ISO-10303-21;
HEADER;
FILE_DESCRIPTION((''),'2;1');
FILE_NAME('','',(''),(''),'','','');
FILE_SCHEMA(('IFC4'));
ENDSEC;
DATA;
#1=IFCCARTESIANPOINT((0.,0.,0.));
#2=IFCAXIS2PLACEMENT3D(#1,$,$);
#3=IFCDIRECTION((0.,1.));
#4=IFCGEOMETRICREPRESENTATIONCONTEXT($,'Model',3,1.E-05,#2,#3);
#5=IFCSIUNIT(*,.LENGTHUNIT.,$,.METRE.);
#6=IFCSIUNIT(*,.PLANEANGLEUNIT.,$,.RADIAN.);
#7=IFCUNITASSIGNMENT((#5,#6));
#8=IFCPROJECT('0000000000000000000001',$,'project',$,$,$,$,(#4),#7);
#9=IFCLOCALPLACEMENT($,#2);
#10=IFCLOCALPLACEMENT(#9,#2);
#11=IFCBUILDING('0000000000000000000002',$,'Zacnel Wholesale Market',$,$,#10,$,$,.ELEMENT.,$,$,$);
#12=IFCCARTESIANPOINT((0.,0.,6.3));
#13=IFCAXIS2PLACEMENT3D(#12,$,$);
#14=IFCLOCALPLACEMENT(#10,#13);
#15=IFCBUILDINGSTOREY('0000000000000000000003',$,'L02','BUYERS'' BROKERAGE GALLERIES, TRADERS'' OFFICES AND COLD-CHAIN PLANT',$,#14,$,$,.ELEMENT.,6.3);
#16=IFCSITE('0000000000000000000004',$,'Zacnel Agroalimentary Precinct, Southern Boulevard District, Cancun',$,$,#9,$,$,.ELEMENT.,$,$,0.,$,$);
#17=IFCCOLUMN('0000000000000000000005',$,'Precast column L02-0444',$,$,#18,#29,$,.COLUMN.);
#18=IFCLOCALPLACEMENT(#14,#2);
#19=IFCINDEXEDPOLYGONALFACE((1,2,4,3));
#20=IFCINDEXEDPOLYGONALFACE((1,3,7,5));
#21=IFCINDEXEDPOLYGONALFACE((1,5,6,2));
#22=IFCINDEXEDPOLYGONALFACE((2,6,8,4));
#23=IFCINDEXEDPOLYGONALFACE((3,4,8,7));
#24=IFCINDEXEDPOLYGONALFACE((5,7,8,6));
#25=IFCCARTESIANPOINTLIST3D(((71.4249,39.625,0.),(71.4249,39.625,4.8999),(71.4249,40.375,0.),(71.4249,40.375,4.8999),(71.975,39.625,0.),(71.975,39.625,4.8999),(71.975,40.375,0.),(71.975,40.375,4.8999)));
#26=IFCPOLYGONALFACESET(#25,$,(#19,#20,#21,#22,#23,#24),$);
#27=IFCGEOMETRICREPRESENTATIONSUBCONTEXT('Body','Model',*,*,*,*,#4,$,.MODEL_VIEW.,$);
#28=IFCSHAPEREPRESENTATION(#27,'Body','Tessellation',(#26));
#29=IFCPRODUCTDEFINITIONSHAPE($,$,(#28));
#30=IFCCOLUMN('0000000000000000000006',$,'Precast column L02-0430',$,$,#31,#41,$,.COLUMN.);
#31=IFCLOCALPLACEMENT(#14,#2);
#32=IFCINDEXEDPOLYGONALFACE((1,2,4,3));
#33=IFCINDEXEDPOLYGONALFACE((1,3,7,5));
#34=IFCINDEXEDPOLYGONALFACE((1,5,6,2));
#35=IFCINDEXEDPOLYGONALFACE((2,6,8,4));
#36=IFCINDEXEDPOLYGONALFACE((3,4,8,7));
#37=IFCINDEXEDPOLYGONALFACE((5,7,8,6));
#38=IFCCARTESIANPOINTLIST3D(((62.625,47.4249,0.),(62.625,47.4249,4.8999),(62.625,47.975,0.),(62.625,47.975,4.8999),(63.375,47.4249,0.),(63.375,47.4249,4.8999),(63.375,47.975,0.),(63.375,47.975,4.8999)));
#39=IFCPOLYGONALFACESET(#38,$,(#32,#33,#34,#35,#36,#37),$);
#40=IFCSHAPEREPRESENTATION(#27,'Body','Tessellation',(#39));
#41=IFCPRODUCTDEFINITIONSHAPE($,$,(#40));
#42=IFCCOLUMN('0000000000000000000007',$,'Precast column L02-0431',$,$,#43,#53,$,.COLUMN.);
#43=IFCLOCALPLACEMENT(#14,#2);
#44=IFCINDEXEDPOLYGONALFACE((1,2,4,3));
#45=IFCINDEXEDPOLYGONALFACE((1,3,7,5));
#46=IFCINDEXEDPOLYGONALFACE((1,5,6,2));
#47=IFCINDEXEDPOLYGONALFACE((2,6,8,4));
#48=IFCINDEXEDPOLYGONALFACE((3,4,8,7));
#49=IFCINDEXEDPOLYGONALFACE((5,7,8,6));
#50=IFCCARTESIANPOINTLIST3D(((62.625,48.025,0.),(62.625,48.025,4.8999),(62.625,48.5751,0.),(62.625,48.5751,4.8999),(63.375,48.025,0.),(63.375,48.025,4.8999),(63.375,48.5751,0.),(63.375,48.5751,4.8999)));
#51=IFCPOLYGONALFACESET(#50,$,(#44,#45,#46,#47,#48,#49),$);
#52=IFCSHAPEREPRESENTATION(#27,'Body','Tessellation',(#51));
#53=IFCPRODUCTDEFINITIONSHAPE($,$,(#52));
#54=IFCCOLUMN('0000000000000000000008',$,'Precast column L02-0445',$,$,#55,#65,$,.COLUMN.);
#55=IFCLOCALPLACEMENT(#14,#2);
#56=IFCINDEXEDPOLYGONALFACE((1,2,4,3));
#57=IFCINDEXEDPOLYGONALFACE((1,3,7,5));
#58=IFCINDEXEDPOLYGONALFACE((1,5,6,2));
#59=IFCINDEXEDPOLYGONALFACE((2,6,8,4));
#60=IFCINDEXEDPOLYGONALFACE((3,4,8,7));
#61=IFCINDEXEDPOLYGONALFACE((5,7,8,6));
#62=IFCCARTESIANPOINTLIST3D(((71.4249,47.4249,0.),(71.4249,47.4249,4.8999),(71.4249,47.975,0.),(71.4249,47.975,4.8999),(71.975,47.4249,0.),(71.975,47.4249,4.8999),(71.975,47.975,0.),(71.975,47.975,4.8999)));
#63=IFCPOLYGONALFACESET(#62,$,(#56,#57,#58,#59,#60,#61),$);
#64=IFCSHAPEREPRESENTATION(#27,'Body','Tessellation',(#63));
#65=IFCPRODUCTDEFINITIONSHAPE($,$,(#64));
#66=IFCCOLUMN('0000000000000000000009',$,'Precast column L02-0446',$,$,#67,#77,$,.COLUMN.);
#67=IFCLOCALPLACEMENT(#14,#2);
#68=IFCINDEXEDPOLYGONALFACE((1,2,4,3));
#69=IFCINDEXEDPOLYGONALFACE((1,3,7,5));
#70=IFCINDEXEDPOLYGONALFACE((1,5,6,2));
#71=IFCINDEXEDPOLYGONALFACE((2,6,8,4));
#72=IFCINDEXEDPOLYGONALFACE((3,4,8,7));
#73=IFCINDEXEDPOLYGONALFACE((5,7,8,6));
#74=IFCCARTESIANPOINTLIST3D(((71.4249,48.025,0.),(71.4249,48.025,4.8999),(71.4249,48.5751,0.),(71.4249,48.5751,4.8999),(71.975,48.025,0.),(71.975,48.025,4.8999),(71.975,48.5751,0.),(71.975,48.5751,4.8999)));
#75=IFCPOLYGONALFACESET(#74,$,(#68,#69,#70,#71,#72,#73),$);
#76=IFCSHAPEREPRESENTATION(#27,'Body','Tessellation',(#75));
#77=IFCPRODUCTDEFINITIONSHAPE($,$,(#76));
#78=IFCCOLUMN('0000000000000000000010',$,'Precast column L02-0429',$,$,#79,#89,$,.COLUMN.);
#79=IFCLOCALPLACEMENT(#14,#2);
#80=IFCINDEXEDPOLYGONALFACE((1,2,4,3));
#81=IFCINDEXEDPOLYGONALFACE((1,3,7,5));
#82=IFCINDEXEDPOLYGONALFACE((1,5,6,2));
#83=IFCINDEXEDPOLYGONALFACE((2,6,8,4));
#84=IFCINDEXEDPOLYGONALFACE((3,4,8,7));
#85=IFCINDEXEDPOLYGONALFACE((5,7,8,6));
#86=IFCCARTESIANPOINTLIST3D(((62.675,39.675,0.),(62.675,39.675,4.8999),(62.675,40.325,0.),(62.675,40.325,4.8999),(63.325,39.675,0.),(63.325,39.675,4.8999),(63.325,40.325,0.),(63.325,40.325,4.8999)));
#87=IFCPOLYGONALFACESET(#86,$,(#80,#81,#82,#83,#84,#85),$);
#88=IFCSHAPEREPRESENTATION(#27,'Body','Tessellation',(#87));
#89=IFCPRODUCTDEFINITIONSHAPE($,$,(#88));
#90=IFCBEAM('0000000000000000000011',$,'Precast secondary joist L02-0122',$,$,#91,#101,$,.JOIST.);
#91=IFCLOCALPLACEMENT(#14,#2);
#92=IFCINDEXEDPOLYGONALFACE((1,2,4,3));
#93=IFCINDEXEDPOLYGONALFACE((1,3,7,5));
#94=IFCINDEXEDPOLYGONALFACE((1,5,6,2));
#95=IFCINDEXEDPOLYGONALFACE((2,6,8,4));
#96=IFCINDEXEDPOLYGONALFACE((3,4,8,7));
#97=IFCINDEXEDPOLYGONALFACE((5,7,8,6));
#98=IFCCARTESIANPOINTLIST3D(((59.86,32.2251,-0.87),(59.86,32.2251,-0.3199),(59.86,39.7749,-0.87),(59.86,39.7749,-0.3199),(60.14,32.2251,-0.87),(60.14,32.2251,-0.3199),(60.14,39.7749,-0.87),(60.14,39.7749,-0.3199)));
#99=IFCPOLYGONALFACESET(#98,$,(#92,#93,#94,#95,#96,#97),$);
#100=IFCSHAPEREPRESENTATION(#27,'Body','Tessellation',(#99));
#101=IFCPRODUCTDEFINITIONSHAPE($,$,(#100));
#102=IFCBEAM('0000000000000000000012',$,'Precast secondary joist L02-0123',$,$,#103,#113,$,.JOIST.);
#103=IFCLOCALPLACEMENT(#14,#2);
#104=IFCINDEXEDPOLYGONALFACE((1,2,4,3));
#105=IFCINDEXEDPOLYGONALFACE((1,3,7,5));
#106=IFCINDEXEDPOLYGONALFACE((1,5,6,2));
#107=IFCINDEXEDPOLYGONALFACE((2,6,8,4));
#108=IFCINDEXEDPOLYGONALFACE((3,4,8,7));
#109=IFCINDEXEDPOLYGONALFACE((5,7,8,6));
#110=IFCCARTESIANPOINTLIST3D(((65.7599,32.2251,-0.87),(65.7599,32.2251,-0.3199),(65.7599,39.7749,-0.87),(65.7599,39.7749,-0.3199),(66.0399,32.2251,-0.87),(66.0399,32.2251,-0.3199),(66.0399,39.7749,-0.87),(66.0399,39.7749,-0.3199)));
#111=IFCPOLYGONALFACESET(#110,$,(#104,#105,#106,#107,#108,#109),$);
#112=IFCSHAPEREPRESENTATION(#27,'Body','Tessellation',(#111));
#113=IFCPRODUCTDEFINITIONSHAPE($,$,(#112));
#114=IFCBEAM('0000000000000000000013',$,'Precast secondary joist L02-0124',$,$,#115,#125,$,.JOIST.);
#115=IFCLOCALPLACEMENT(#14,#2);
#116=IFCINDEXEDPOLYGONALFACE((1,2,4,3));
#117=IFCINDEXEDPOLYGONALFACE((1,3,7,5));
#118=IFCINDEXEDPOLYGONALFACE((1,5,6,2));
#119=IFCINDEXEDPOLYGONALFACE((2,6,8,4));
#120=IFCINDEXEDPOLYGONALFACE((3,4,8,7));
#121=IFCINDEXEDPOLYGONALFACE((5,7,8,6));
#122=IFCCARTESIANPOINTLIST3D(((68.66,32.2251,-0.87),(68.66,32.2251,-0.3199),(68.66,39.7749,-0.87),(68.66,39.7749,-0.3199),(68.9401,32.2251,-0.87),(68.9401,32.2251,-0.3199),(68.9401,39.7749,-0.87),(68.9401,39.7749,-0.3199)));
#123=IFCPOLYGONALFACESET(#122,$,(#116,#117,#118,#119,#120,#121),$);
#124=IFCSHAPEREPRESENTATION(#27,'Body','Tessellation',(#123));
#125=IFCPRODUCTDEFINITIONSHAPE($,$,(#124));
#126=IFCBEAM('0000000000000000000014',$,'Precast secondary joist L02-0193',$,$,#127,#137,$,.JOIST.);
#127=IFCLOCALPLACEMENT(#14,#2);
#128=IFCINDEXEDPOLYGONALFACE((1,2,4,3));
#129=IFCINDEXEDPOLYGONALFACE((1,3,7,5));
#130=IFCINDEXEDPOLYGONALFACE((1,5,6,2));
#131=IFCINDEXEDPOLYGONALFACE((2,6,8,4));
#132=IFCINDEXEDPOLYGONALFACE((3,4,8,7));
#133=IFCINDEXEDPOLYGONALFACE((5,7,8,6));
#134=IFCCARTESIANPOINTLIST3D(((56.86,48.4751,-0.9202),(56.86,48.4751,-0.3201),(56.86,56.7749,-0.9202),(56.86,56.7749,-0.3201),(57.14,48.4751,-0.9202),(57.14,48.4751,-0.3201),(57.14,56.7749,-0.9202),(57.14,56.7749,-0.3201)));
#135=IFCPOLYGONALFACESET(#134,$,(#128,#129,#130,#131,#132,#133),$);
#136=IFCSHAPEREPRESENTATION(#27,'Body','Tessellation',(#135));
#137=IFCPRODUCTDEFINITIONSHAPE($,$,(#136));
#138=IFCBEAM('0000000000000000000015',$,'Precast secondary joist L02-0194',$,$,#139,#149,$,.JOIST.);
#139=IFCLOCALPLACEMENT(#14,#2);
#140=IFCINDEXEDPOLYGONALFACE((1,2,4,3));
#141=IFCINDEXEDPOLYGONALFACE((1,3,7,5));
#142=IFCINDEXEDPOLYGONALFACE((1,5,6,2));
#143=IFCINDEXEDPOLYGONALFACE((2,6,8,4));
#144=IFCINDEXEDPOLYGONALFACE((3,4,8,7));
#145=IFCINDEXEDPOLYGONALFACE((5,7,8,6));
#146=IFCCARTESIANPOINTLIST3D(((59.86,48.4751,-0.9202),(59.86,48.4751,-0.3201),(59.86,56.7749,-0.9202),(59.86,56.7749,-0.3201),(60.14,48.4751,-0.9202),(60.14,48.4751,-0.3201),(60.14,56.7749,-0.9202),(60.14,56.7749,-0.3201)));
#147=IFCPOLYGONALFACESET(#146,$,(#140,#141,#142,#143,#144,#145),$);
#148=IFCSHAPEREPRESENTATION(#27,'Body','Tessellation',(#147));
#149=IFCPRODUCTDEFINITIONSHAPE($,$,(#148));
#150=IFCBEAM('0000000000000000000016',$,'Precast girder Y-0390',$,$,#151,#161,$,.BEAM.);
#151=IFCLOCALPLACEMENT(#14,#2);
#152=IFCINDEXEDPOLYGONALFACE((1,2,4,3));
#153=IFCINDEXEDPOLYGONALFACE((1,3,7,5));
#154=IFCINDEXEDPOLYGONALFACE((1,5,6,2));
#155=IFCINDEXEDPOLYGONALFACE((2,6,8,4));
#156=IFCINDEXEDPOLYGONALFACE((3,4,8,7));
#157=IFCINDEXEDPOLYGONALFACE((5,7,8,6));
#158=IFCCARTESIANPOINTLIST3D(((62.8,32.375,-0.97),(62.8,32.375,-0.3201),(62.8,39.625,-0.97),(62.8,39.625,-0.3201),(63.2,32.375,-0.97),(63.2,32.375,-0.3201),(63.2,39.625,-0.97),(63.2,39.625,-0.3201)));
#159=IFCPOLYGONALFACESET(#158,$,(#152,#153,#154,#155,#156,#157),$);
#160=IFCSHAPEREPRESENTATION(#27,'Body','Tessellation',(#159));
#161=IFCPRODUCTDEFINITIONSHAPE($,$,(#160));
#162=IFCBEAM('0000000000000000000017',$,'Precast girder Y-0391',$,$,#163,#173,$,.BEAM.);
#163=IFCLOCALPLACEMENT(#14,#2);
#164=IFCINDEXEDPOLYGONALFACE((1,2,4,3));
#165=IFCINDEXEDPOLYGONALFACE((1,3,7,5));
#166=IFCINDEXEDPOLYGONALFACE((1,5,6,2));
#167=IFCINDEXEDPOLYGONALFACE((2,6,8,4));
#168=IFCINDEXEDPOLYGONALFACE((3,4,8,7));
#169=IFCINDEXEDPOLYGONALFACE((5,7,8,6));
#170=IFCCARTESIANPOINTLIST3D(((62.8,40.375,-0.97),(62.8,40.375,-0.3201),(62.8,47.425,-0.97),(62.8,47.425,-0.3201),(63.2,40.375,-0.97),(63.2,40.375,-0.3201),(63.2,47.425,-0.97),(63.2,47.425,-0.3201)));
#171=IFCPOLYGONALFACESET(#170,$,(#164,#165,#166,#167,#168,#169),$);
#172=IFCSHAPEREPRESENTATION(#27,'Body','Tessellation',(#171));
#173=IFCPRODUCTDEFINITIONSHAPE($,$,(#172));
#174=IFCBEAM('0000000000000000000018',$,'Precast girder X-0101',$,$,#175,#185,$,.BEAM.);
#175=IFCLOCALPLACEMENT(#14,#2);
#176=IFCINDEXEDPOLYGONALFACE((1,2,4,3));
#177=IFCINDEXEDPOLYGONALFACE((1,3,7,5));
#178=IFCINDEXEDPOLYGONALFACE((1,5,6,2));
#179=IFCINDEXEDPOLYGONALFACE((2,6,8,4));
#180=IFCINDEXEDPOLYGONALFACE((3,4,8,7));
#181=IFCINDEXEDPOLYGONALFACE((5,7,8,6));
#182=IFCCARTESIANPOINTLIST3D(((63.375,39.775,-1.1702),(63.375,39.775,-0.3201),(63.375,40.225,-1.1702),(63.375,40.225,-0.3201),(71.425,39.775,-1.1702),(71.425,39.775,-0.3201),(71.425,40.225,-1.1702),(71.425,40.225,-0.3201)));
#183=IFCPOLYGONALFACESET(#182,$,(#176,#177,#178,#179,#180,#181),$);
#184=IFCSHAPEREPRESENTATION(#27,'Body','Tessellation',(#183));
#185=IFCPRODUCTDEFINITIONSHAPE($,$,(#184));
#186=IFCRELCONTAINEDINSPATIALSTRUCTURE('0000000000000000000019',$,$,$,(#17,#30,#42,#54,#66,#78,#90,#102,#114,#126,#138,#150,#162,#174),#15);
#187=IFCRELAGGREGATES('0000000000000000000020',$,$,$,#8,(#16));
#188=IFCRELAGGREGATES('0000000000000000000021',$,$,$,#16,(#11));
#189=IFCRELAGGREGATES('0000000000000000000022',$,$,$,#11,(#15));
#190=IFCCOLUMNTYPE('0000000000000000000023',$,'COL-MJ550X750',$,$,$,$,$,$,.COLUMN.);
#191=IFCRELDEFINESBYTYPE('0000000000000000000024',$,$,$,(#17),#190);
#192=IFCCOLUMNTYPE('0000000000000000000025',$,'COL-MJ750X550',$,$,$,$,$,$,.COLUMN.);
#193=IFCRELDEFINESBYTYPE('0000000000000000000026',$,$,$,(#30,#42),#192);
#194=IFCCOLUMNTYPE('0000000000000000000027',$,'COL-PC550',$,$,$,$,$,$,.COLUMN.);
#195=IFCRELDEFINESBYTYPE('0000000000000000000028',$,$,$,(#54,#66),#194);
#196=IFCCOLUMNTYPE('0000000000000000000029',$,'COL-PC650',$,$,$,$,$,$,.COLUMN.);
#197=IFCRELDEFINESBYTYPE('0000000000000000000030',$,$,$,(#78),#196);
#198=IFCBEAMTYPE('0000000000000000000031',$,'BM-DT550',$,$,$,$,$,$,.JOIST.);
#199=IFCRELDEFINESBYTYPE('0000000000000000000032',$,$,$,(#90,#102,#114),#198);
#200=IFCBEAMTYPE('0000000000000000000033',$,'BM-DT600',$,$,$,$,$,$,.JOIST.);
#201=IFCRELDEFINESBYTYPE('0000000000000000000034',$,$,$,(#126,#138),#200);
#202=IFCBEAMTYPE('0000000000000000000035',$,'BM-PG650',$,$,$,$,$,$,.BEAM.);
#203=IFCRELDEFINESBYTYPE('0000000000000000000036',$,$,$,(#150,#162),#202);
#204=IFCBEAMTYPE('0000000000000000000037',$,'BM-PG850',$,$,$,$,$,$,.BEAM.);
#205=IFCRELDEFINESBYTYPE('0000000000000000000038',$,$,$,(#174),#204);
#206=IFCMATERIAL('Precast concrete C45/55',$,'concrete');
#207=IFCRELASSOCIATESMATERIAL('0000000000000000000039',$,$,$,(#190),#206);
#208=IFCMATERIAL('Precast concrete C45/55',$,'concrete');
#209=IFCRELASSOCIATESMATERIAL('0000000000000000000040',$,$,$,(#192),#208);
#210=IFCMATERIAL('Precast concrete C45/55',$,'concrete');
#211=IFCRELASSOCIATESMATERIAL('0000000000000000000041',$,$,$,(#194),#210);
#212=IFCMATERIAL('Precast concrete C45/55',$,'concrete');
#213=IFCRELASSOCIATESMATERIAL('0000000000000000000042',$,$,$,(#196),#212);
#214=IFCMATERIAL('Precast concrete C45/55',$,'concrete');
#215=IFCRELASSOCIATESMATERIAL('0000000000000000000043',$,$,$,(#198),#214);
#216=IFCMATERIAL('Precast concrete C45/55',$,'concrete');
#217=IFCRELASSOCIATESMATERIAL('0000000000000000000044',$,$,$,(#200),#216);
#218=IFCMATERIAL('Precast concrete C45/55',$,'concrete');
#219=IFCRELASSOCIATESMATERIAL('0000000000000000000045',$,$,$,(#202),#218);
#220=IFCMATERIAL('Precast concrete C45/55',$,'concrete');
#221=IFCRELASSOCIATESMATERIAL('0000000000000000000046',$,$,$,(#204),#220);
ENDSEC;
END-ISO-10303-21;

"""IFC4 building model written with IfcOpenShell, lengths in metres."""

from ifc_helpers import new_model, si_unit, direction, frame, origin, origin_2d, place, context, subcontext, project, spatial, rectangle, extrude, material, material_profile, profile_set, type_object, element, save


model = new_model("IFC4")

# Units and contexts
model_context = context("Model", 3, precision=1e-05, world=origin(), true_north=direction((0.0, 1.0)))
body_context = subcontext(model_context, "Body", "Model", "MODEL_VIEW")
ifc_project = project(units=[si_unit("LENGTHUNIT", "METRE"), si_unit("PLANEANGLEUNIT", "RADIAN")], contexts=[model_context])

# Site, building, storey
site_placement = place(None, origin())
site = spatial("IfcSite", under=ifc_project, at=site_placement, Name="Zacnel Agroalimentary Precinct, Southern Boulevard District, Cancun", CompositionType="ELEMENT", RefElevation=0.0)
building_placement = place(site_placement, origin())
building = spatial("IfcBuilding", under=site, at=building_placement, Name="Zacnel Wholesale Market", CompositionType="ELEMENT")
storey_placement = place(building_placement, frame((0.0, 0.0, 6.3)))
storey = spatial("IfcBuildingStorey", under=building, at=storey_placement, Name="L02", Description="BUYERS' BROKERAGE GALLERIES, TRADERS' OFFICES AND COLD-CHAIN PLANT", CompositionType="ELEMENT", Elevation=6.3)

# Columns
ifc_material_1 = material(Name="Precast concrete C45/55", Category="concrete")
ifc_material_profile_1 = material_profile(ifc_material_1, rectangle(XDim=0.55, YDim=0.75, at=origin_2d()), Name="PC 550x750")
ifc_profile_set_1 = profile_set([ifc_material_profile_1], Name="Precast concrete C45/55")
column_type_1 = type_object("IfcColumnType", Name="COL-MJ550X750", PredefinedType="COLUMN", material=ifc_profile_set_1)
column_1_placement = place(storey_placement, frame((71.7, 40.0, 0.0), z_axis=(0.0, 0.0, 1.0), x_axis=(1.0, 0.0, 0.0)))
element("IfcColumn", 1, at=column_1_placement, inside=storey, type_object=column_type_1, Name="Precast column L02-0444", PredefinedType="COLUMN", context=body_context, shape_type="SweptSolid", body=[
    extrude(rectangle(XDim=0.55, YDim=0.75, at=origin_2d()), origin(), (0.0, 0.0, 1.0), 4.8999),
])
ifc_material_2 = material(Name="Precast concrete C45/55", Category="concrete")
ifc_material_profile_2 = material_profile(ifc_material_2, rectangle(XDim=0.75, YDim=0.55, at=origin_2d()), Name="PC 750x550")
ifc_profile_set_2 = profile_set([ifc_material_profile_2], Name="Precast concrete C45/55")
column_type_2 = type_object("IfcColumnType", Name="COL-MJ750X550", PredefinedType="COLUMN", material=ifc_profile_set_2)
for number, where, z_axis, x_axis, name in (
    (2, (63.0, 47.7, 0.0), (0.0, 0.0, 1.0), (1.0, 0.0, 0.0), "Precast column L02-0430"),
    (3, (63.0, 48.3, 0.0), (0.0, 0.0, 1.0), (1.0, 0.0, 0.0), "Precast column L02-0431"),
):
    element("IfcColumn", number, at=place(storey_placement, frame(where, z_axis=z_axis, x_axis=x_axis)), inside=storey, type_object=column_type_2, Name=name, PredefinedType="COLUMN", context=body_context, shape_type="SweptSolid", body=[
        extrude(rectangle(XDim=0.75, YDim=0.55, at=origin_2d()), origin(), (0.0, 0.0, 1.0), 4.8999),
    ])
ifc_material_3 = material(Name="Precast concrete C45/55", Category="concrete")
ifc_material_profile_3 = material_profile(ifc_material_3, rectangle(XDim=0.55, YDim=0.55, at=origin_2d()), Name="PC 550x550")
ifc_profile_set_3 = profile_set([ifc_material_profile_3], Name="Precast concrete C45/55")
column_type_3 = type_object("IfcColumnType", Name="COL-PC550", PredefinedType="COLUMN", material=ifc_profile_set_3)
for number, where, z_axis, x_axis, name in (
    (4, (71.7, 47.7, 0.0), (0.0, 0.0, 1.0), (1.0, 0.0, 0.0), "Precast column L02-0445"),
    (5, (71.7, 48.3, 0.0), (0.0, 0.0, 1.0), (1.0, 0.0, 0.0), "Precast column L02-0446"),
):
    element("IfcColumn", number, at=place(storey_placement, frame(where, z_axis=z_axis, x_axis=x_axis)), inside=storey, type_object=column_type_3, Name=name, PredefinedType="COLUMN", context=body_context, shape_type="SweptSolid", body=[
        extrude(rectangle(XDim=0.55, YDim=0.55, at=origin_2d()), origin(), (0.0, 0.0, 1.0), 4.8999),
    ])
ifc_material_4 = material(Name="Precast concrete C45/55", Category="concrete")
ifc_material_profile_4 = material_profile(ifc_material_4, rectangle(XDim=0.6499, YDim=0.6499, at=origin_2d()), Name="PC 650x650")
ifc_profile_set_4 = profile_set([ifc_material_profile_4], Name="Precast concrete C45/55")
column_type_4 = type_object("IfcColumnType", Name="COL-PC650", PredefinedType="COLUMN", material=ifc_profile_set_4)
column_2_placement = place(storey_placement, frame((63.0, 40.0, 0.0), z_axis=(0.0, 0.0, 1.0), x_axis=(1.0, 0.0, 0.0)))
element("IfcColumn", 6, at=column_2_placement, inside=storey, type_object=column_type_4, Name="Precast column L02-0429", PredefinedType="COLUMN", context=body_context, shape_type="SweptSolid", body=[
    extrude(rectangle(XDim=0.6499, YDim=0.6499, at=origin_2d()), origin(), (0.0, 0.0, 1.0), 4.8999),
])

# Beams
ifc_material_5 = material(Name="Precast concrete C45/55", Category="concrete")
ifc_material_profile_5 = material_profile(ifc_material_5, rectangle(XDim=0.28, YDim=0.55, at=origin_2d()), Name="DT RIB 280x550")
ifc_profile_set_5 = profile_set([ifc_material_profile_5], Name="Precast concrete C45/55")
beam_type_1 = type_object("IfcBeamType", Name="BM-DT550", PredefinedType="JOIST", material=ifc_profile_set_5)
for number, where, z_axis, x_axis, name in (
    (7, (60.0, 32.2251, -0.595), (0.0, 1.0, 0.0), (-1.0, 0.0, 0.0), "Precast secondary joist L02-0122"),
    (8, (65.8999, 32.2251, -0.595), (0.0, 1.0, 0.0), (-1.0, 0.0, 0.0), "Precast secondary joist L02-0123"),
    (9, (68.8, 32.2251, -0.595), (0.0, 1.0, 0.0), (-1.0, 0.0, 0.0), "Precast secondary joist L02-0124"),
):
    element("IfcBeam", number, at=place(storey_placement, frame(where, z_axis=z_axis, x_axis=x_axis)), inside=storey, type_object=beam_type_1, Name=name, PredefinedType="JOIST", context=body_context, shape_type="SweptSolid", body=[
        extrude(rectangle(XDim=0.28, YDim=0.55, at=origin_2d()), origin(), (0.0, 0.0, 1.0), 7.5498),
    ])
ifc_material_6 = material(Name="Precast concrete C45/55", Category="concrete")
ifc_material_profile_6 = material_profile(ifc_material_6, rectangle(XDim=0.28, YDim=0.6001, at=origin_2d()), Name="DT RIB 280x600")
ifc_profile_set_6 = profile_set([ifc_material_profile_6], Name="Precast concrete C45/55")
beam_type_2 = type_object("IfcBeamType", Name="BM-DT600", PredefinedType="JOIST", material=ifc_profile_set_6)
for number, where, z_axis, x_axis, name in (
    (10, (57.0, 48.4751, -0.6201), (0.0, 1.0, 0.0), (-1.0, 0.0, 0.0), "Precast secondary joist L02-0193"),
    (11, (60.0, 48.4751, -0.6201), (0.0, 1.0, 0.0), (-1.0, 0.0, 0.0), "Precast secondary joist L02-0194"),
):
    element("IfcBeam", number, at=place(storey_placement, frame(where, z_axis=z_axis, x_axis=x_axis)), inside=storey, type_object=beam_type_2, Name=name, PredefinedType="JOIST", context=body_context, shape_type="SweptSolid", body=[
        extrude(rectangle(XDim=0.28, YDim=0.6001, at=origin_2d()), origin(), (0.0, 0.0, 1.0), 8.2998),
    ])
ifc_material_7 = material(Name="Precast concrete C45/55", Category="concrete")
ifc_material_profile_7 = material_profile(ifc_material_7, rectangle(XDim=0.3999, YDim=0.6499, at=origin_2d()), Name="PG 400x650")
ifc_profile_set_7 = profile_set([ifc_material_profile_7], Name="Precast concrete C45/55")
beam_type_3 = type_object("IfcBeamType", Name="BM-PG650", PredefinedType="BEAM", material=ifc_profile_set_7)
beam_1_placement = place(storey_placement, frame((63.0, 32.375, -0.645), z_axis=(0.0, 1.0, 0.0), x_axis=(-1.0, 0.0, 0.0)))
element("IfcBeam", 12, at=beam_1_placement, inside=storey, type_object=beam_type_3, Name="Precast girder Y-0390", PredefinedType="BEAM", context=body_context, shape_type="SweptSolid", body=[
    extrude(rectangle(XDim=0.3999, YDim=0.6499, at=origin_2d()), origin(), (0.0, 0.0, 1.0), 7.25),
])
beam_2_placement = place(storey_placement, frame((63.0, 40.375, -0.645), z_axis=(0.0, 1.0, 0.0), x_axis=(-1.0, 0.0, 0.0)))
element("IfcBeam", 13, at=beam_2_placement, inside=storey, type_object=beam_type_3, Name="Precast girder Y-0391", PredefinedType="BEAM", context=body_context, shape_type="SweptSolid", body=[
    extrude(rectangle(XDim=0.3999, YDim=0.6499, at=origin_2d()), origin(), (0.0, 0.0, 1.0), 7.05),
])
ifc_material_8 = material(Name="Precast concrete C45/55", Category="concrete")
ifc_material_profile_8 = material_profile(ifc_material_8, rectangle(XDim=0.45, YDim=0.8501, at=origin_2d()), Name="PG 450x850")
ifc_profile_set_8 = profile_set([ifc_material_profile_8], Name="Precast concrete C45/55")
beam_type_4 = type_object("IfcBeamType", Name="BM-PG850", PredefinedType="BEAM", material=ifc_profile_set_8)
beam_3_placement = place(storey_placement, frame((63.375, 40.0, -0.7451), z_axis=(1.0, 0.0, 0.0), x_axis=(0.0, 1.0, 0.0)))
element("IfcBeam", 14, at=beam_3_placement, inside=storey, type_object=beam_type_4, Name="Precast girder X-0101", PredefinedType="BEAM", context=body_context, shape_type="SweptSolid", body=[
    extrude(rectangle(XDim=0.45, YDim=0.8501, at=origin_2d()), origin(), (0.0, 0.0, 1.0), 8.05),
])

save(model, "model.ifc")
